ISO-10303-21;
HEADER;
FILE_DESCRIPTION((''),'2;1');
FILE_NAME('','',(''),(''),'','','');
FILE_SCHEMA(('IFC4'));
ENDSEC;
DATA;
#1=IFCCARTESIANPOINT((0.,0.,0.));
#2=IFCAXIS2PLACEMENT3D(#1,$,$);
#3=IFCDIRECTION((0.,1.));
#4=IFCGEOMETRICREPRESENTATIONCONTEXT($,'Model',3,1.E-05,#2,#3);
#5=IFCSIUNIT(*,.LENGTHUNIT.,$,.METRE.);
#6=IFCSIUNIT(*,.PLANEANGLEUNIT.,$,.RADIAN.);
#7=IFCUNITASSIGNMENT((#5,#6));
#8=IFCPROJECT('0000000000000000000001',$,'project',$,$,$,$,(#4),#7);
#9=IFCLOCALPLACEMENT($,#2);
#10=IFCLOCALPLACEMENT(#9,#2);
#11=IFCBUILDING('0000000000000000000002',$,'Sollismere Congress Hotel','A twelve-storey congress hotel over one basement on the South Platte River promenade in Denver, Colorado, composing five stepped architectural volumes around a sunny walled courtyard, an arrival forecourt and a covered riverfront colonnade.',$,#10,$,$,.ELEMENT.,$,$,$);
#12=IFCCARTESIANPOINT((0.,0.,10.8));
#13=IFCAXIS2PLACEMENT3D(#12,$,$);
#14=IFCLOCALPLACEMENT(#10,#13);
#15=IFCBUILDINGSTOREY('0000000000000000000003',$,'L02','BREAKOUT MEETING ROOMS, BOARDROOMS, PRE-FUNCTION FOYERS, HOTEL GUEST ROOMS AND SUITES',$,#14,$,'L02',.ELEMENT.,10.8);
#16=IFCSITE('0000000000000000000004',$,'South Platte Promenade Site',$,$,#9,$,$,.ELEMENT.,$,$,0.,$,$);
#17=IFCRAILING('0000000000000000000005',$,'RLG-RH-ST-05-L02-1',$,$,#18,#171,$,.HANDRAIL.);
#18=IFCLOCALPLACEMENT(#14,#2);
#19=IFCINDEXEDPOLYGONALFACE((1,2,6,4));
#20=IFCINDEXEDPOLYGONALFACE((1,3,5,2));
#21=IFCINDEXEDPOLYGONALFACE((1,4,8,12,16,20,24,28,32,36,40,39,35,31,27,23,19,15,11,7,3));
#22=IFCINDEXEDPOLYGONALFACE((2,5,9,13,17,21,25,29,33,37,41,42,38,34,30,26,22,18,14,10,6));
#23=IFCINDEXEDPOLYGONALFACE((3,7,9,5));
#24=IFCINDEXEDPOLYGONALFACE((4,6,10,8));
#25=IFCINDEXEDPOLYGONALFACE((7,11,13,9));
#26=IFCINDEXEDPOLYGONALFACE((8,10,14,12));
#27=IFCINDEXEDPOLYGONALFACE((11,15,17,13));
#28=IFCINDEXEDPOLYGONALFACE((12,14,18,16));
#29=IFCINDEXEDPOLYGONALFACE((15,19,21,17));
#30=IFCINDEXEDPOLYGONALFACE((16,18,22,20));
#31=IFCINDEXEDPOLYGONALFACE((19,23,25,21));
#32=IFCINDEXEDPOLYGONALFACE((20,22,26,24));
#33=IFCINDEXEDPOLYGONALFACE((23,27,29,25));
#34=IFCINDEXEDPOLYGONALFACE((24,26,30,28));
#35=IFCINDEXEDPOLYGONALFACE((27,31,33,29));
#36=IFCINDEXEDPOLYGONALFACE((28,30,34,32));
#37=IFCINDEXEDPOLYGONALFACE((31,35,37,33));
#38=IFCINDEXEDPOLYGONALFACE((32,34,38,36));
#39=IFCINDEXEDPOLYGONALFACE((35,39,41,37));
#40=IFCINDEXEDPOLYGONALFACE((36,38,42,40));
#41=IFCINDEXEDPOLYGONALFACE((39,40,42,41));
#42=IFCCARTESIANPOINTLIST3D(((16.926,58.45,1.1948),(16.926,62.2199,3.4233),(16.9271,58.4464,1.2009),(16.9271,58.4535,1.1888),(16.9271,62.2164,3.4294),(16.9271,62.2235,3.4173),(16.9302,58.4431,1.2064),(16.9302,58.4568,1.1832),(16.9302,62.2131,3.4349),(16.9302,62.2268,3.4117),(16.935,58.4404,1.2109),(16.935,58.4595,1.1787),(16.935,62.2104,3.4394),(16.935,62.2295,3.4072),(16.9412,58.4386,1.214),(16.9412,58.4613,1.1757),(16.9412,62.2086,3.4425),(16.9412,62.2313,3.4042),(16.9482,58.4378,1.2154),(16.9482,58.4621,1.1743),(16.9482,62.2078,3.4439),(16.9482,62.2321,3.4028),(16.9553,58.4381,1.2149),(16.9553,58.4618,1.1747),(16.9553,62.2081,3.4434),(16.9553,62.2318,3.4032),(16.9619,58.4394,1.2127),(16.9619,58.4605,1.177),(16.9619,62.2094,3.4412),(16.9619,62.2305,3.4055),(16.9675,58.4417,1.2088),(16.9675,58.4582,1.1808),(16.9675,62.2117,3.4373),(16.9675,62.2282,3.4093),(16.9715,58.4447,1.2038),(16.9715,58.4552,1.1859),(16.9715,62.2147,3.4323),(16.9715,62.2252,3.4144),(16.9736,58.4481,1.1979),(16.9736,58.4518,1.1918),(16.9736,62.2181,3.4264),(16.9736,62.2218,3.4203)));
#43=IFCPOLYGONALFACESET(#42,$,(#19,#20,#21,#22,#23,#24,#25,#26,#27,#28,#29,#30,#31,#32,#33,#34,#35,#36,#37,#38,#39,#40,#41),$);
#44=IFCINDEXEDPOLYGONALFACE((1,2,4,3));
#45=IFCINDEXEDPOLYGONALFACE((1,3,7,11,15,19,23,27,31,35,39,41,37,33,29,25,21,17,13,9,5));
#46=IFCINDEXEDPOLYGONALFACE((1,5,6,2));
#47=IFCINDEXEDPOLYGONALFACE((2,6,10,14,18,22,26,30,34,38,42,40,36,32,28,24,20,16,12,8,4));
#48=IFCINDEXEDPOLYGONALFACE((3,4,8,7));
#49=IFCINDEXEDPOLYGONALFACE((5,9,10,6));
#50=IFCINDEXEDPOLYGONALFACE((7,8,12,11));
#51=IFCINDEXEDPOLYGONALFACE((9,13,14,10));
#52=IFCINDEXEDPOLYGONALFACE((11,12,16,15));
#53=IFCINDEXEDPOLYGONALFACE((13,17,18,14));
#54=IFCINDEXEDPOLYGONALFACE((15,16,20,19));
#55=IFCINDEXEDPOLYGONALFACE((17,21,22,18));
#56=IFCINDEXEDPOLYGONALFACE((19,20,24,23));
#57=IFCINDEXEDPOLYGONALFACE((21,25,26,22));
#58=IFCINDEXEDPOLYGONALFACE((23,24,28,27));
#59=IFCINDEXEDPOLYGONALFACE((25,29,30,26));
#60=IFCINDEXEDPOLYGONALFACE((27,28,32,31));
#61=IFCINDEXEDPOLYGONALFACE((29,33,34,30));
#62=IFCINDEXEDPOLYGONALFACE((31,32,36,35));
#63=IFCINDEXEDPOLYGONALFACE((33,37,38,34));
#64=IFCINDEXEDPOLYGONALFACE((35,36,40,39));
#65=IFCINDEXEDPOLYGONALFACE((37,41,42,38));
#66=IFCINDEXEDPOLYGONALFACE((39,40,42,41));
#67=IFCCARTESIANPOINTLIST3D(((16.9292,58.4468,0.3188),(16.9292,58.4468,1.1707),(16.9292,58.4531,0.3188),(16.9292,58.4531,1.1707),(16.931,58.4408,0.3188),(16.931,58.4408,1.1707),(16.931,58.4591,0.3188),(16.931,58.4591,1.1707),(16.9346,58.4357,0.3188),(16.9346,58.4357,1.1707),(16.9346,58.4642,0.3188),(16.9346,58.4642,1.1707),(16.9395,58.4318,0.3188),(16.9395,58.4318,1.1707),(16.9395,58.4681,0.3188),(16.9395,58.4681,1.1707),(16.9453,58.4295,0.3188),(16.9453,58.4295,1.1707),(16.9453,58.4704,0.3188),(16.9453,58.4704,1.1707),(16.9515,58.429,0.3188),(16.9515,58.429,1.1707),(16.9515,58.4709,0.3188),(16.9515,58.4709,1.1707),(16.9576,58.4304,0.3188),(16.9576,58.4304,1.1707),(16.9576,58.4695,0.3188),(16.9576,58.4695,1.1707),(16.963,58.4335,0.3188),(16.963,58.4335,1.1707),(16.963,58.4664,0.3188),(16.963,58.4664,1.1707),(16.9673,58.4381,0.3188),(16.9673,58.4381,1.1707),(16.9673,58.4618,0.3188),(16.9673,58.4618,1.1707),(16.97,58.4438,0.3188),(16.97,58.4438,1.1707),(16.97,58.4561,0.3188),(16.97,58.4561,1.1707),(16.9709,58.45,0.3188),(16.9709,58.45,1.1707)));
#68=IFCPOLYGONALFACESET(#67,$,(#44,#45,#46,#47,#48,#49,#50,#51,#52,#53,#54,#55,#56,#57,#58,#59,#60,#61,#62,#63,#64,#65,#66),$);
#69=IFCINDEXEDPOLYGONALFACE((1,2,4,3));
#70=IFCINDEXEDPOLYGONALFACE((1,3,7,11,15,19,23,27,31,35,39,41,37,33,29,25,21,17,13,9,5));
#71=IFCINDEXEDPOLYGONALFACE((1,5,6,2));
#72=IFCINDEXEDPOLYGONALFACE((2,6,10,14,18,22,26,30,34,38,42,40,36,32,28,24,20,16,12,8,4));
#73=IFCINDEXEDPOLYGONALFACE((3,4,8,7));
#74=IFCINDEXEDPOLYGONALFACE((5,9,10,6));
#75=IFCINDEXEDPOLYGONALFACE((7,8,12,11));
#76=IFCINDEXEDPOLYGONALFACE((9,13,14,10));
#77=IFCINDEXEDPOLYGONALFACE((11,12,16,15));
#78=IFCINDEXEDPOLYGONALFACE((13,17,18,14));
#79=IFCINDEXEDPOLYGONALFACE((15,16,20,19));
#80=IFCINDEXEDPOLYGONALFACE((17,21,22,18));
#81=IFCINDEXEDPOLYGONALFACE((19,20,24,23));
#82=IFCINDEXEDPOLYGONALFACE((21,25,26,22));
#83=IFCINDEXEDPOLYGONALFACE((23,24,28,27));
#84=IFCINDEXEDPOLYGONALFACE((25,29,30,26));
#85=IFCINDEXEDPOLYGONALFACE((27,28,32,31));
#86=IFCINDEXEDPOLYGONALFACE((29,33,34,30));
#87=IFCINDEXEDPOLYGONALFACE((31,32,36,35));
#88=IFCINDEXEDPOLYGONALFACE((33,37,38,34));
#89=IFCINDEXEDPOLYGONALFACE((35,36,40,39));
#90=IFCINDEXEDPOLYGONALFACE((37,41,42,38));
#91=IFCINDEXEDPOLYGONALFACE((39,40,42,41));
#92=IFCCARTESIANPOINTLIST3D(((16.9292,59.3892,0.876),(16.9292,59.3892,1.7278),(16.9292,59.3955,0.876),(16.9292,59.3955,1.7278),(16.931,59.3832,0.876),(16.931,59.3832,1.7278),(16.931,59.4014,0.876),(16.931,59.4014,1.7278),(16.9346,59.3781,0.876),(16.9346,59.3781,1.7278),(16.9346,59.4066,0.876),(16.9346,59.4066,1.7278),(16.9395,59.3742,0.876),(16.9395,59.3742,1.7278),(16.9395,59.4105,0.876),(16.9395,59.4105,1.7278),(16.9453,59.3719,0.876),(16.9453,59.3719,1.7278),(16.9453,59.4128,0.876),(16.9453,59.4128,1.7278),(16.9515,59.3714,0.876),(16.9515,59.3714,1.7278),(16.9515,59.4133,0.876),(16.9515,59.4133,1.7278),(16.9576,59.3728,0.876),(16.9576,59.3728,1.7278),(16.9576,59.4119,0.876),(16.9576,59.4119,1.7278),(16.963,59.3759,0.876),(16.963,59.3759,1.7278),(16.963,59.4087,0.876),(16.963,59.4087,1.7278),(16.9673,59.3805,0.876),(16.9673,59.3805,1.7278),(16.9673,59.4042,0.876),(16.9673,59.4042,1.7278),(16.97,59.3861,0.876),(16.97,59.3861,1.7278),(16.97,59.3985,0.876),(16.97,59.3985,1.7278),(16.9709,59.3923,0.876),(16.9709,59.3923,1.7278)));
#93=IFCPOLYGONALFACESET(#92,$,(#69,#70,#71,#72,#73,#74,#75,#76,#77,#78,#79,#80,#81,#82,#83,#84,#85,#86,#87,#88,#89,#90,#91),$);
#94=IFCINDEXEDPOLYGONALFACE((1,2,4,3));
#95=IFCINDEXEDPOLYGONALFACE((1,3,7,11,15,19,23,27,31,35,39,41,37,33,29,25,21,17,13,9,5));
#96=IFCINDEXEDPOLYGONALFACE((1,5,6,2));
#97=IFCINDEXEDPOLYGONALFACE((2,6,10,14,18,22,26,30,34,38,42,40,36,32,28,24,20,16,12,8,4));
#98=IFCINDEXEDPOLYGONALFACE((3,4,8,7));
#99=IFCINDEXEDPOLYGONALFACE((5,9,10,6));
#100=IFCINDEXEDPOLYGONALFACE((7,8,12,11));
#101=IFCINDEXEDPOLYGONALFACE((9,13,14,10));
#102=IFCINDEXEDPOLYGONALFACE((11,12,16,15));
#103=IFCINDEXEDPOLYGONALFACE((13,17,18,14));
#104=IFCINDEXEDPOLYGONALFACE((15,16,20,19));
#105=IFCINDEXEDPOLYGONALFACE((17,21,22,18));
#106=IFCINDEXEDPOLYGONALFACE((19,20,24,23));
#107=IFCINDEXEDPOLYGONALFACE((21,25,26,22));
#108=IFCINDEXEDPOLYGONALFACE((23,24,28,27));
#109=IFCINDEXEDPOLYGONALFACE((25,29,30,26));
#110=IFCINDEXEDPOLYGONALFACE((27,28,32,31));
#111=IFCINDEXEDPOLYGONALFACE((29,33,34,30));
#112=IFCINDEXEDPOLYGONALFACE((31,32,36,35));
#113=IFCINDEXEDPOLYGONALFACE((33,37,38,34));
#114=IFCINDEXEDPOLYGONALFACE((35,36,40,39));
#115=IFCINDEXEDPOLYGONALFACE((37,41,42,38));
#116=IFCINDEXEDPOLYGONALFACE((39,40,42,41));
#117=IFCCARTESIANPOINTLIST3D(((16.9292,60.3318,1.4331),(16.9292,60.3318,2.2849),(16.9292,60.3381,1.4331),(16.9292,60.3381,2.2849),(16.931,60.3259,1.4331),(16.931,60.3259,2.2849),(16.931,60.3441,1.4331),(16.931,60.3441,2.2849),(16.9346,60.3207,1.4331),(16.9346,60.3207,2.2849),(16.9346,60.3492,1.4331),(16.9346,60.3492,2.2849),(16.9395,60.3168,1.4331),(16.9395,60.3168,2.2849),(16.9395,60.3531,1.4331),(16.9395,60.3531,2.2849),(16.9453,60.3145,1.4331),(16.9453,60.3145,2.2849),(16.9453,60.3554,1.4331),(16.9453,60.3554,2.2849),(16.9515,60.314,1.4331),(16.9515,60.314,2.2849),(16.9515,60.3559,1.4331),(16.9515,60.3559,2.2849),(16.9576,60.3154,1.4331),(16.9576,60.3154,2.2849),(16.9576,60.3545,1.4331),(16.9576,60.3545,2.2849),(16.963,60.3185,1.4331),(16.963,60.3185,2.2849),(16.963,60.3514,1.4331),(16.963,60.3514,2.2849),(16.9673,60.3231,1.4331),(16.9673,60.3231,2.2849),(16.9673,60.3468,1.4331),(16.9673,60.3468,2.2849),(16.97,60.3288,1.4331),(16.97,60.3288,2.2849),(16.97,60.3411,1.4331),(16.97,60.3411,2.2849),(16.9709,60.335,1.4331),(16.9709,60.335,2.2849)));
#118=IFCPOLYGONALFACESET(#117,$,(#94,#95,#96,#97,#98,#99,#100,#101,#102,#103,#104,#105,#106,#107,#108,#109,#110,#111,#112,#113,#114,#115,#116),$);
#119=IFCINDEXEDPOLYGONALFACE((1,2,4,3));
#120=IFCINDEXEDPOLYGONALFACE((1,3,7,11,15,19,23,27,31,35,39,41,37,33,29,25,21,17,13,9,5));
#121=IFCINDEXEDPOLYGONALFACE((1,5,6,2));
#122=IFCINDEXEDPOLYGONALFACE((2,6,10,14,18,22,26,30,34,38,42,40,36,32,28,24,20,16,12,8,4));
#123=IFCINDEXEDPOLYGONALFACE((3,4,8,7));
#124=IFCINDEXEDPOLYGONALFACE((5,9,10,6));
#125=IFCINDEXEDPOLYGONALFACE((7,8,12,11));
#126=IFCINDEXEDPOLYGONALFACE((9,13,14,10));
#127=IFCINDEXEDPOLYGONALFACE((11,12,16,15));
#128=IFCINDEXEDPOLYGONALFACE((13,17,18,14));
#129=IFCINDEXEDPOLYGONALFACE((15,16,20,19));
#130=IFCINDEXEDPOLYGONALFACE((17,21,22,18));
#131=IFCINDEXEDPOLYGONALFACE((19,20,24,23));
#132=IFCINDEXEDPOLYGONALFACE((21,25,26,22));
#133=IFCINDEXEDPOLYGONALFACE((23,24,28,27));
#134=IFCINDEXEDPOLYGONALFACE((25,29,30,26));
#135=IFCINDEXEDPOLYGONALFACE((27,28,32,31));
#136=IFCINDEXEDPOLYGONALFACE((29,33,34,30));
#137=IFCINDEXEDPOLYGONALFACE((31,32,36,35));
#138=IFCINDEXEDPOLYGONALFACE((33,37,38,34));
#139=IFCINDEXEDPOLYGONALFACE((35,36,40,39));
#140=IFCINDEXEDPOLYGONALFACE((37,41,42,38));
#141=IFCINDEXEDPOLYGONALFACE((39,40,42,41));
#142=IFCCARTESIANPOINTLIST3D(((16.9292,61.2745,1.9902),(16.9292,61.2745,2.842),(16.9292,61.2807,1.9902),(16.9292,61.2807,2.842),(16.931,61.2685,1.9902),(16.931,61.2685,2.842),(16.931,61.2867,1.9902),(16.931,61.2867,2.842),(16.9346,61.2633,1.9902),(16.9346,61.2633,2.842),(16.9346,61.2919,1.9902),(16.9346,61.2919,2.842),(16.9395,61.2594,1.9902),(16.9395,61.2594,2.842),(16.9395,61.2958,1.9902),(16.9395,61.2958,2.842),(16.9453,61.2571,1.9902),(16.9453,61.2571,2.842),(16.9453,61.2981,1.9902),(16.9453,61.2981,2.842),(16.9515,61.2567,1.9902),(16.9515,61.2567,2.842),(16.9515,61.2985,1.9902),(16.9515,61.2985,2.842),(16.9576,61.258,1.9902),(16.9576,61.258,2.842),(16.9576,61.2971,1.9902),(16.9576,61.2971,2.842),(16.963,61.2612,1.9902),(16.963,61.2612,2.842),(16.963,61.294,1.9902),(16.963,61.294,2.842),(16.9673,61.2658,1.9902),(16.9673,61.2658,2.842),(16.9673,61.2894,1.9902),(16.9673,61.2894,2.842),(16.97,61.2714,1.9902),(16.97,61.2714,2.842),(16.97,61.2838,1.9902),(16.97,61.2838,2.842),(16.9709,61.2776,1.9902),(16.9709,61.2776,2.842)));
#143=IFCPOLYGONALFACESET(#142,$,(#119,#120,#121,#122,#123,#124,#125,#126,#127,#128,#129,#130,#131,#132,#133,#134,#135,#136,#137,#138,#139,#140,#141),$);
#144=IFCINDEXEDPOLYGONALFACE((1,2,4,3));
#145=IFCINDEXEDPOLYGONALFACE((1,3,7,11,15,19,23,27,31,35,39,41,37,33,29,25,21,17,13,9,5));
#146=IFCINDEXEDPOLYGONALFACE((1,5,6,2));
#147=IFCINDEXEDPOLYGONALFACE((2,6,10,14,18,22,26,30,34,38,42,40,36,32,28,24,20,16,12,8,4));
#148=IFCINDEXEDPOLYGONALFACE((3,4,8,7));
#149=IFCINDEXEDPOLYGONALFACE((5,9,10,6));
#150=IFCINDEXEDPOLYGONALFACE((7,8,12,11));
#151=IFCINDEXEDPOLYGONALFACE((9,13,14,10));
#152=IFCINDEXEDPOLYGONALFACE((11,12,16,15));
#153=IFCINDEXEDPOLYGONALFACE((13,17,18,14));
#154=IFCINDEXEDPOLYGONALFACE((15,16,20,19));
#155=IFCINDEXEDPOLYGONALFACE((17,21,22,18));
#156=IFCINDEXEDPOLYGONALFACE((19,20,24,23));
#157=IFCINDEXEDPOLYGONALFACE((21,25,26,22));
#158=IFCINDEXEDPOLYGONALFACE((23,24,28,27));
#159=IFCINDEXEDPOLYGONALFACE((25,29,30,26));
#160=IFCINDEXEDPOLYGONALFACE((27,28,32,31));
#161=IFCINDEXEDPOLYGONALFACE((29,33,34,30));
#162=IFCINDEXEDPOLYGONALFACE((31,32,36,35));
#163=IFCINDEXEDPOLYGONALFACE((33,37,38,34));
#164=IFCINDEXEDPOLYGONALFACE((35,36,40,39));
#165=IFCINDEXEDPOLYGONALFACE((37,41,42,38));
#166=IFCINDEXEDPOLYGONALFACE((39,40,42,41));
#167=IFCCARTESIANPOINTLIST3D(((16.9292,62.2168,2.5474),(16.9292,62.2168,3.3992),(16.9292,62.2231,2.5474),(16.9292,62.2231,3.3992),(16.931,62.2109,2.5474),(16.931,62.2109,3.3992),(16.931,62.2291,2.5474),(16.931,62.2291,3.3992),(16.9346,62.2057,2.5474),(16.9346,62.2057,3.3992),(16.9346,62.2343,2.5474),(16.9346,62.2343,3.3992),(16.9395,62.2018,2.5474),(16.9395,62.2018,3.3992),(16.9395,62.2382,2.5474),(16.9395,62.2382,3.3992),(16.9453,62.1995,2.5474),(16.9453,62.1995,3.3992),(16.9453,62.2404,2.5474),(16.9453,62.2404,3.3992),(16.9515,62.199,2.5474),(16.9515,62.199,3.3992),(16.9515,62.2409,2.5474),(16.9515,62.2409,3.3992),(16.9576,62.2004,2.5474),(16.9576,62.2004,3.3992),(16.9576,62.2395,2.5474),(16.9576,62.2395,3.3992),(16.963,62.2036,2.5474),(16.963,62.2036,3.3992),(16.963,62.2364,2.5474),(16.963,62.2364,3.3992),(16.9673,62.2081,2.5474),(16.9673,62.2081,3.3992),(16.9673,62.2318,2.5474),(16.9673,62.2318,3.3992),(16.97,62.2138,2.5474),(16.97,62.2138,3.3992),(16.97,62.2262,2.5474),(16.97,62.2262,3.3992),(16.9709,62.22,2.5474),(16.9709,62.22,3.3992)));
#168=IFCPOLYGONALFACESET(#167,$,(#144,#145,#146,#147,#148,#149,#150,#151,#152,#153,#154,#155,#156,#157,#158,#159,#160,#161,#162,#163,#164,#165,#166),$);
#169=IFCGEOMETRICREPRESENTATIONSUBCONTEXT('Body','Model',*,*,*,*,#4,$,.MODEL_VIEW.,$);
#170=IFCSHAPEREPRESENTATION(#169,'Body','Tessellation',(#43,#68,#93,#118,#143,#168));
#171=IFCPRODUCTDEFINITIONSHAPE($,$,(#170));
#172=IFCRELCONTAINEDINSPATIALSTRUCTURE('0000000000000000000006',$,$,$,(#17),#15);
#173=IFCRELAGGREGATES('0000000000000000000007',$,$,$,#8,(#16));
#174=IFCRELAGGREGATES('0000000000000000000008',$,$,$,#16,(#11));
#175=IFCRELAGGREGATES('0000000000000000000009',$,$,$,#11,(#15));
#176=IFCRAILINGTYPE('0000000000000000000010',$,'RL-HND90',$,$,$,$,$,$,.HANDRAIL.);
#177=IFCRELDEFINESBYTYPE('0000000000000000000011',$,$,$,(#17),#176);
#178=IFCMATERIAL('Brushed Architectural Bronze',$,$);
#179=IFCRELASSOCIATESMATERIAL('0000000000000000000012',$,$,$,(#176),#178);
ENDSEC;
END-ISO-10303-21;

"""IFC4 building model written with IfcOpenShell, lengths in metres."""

from ifc_helpers import new_model, si_unit, direction, frame, origin, origin_2d, place, context, subcontext, project, spatial, circle, extrude, material, type_object, element, save


model = new_model("IFC4")

# Units and contexts
model_context = context("Model", 3, precision=1e-05, world=origin(), true_north=direction((0.0, 1.0)))
body_context = subcontext(model_context, "Body", "Model", "MODEL_VIEW")
ifc_project = project(units=[si_unit("LENGTHUNIT", "METRE"), si_unit("PLANEANGLEUNIT", "RADIAN")], contexts=[model_context])

# Site, building, storey
site_placement = place(None, origin())
site = spatial("IfcSite", under=ifc_project, at=site_placement, Name="South Platte Promenade Site", CompositionType="ELEMENT", RefElevation=0.0)
building_placement = place(site_placement, origin())
building = spatial("IfcBuilding", under=site, at=building_placement, Name="Sollismere Congress Hotel", Description="A twelve-storey congress hotel over one basement on the South Platte River promenade in Denver, Colorado, composing five stepped architectural volumes around a sunny walled courtyard, an arrival forecourt and a covered riverfront colonnade.", CompositionType="ELEMENT")
storey_placement = place(building_placement, frame((0.0, 0.0, 10.8)))
storey = spatial("IfcBuildingStorey", under=building, at=storey_placement, Name="L02", Description="BREAKOUT MEETING ROOMS, BOARDROOMS, PRE-FUNCTION FOYERS, HOTEL GUEST ROOMS AND SUITES", LongName="L02", CompositionType="ELEMENT", Elevation=10.8)

# Railing
ifc_material_1 = material(Name="Brushed Architectural Bronze")
railing_type_1 = type_object("IfcRailingType", Name="RL-HND90", PredefinedType="HANDRAIL", material=ifc_material_1)
railing_1_placement = place(storey_placement, frame((16.95, 58.45, 0.3188)))
element("IfcRailing", 1, at=railing_1_placement, inside=storey, type_object=railing_type_1, Name="RLG-RH-ST-05-L02-1", PredefinedType="HANDRAIL", context=body_context, shape_type="SweptSolid", body=[
    extrude(circle(Radius=0.0239, at=origin_2d()), frame((0.0, 0.0, 0.876), z_axis=(0.0, 0.860849, 0.508861), x_axis=(-1.0, 0.0, 0.0)), (0.0, 0.0, 1.0), 4.3794),
    extrude(circle(Radius=0.021, at=origin_2d()), origin(), (0.0, 0.0, 1.0), 0.8518),
    extrude(circle(Radius=0.021, at=origin_2d()), frame((0.0, 0.9424, 0.5571)), (0.0, 0.0, 1.0), 0.8518),
    extrude(circle(Radius=0.021, at=origin_2d()), frame((0.0, 1.885, 1.1143)), (0.0, 0.0, 1.0), 0.8518),
    extrude(circle(Radius=0.021, at=origin_2d()), frame((0.0, 2.8276, 1.6714)), (0.0, 0.0, 1.0), 0.8518),
    extrude(circle(Radius=0.021, at=origin_2d()), frame((0.0, 3.77, 2.2285)), (0.0, 0.0, 1.0), 0.8518),
])

save(model, "model.ifc")
